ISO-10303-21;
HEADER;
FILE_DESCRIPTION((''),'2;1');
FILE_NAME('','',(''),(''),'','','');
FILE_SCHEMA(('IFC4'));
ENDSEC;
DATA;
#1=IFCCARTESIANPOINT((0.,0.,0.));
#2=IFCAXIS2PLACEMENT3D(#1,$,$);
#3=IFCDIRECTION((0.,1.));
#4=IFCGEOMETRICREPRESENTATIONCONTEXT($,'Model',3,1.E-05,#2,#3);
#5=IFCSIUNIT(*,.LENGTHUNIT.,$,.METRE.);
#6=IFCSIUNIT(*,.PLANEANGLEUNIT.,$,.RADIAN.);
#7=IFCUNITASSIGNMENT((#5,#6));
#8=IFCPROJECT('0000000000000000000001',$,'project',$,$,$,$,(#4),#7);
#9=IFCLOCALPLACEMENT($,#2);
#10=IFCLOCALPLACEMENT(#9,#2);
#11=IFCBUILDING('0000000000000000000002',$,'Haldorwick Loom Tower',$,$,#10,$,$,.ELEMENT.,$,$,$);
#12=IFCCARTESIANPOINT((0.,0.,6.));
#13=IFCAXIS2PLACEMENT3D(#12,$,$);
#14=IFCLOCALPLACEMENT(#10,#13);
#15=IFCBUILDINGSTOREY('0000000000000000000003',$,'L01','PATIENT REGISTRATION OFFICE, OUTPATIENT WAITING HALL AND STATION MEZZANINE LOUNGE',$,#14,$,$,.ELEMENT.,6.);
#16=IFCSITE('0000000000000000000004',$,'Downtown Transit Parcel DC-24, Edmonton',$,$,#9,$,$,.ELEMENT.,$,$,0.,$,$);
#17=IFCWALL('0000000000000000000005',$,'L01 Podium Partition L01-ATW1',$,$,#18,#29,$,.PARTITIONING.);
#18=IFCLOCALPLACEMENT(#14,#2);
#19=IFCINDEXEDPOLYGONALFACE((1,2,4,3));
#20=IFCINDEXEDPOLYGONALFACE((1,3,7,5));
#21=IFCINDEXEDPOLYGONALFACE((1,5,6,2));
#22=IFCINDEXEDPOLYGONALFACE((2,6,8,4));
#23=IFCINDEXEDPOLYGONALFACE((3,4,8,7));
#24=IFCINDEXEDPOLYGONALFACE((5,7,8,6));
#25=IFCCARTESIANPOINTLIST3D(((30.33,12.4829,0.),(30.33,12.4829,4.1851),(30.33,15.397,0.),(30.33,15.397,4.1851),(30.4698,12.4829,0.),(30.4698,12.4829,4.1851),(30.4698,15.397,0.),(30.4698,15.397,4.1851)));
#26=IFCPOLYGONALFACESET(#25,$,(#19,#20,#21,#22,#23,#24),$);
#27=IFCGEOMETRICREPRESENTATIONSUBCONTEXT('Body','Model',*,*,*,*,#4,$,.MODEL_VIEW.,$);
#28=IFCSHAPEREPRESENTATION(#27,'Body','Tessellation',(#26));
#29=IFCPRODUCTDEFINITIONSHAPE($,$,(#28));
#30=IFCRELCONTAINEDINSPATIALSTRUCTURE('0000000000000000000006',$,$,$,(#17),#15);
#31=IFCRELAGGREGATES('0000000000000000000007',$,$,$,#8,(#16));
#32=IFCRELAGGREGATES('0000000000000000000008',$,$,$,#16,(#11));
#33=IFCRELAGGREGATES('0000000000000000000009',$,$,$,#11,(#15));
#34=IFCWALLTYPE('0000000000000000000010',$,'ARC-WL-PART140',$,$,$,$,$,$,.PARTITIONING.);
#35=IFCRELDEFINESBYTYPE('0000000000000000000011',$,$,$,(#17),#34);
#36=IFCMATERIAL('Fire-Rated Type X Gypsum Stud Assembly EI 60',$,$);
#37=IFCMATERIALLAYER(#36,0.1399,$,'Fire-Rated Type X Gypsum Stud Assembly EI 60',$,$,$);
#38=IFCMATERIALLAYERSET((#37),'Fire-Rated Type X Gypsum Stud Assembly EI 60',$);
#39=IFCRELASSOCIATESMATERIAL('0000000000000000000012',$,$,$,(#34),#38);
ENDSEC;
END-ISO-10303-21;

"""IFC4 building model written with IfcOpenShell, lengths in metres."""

from ifc_helpers import new_model, si_unit, direction, frame, frame_2d, origin, place, context, subcontext, project, spatial, rectangle, extrude, material, layer, layer_set, type_object, element, save


model = new_model("IFC4")

# Units and contexts
model_context = context("Model", 3, precision=1e-05, world=origin(), true_north=direction((0.0, 1.0)))
body_context = subcontext(model_context, "Body", "Model", "MODEL_VIEW")
ifc_project = project(units=[si_unit("LENGTHUNIT", "METRE"), si_unit("PLANEANGLEUNIT", "RADIAN")], contexts=[model_context])

# Site, building, storey
site_placement = place(None, origin())
site = spatial("IfcSite", under=ifc_project, at=site_placement, Name="Downtown Transit Parcel DC-24, Edmonton", CompositionType="ELEMENT", RefElevation=0.0)
building_placement = place(site_placement, origin())
building = spatial("IfcBuilding", under=site, at=building_placement, Name="Haldorwick Loom Tower", CompositionType="ELEMENT")
storey_placement = place(building_placement, frame((0.0, 0.0, 6.0)))
storey = spatial("IfcBuildingStorey", under=building, at=storey_placement, Name="L01", Description="PATIENT REGISTRATION OFFICE, OUTPATIENT WAITING HALL AND STATION MEZZANINE LOUNGE", CompositionType="ELEMENT", Elevation=6.0)

# Shared definitions
ifc_material_1 = material(Name="Fire-Rated Type X Gypsum Stud Assembly EI 60")

# Wall
ifc_layer_1 = layer(ifc_material_1, 0.1399, Name="Fire-Rated Type X Gypsum Stud Assembly EI 60")
ifc_layer_set_1 = layer_set([ifc_layer_1], Name="Fire-Rated Type X Gypsum Stud Assembly EI 60")
wall_type_1 = type_object("IfcWallType", Name="ARC-WL-PART140", PredefinedType="PARTITIONING", material=ifc_layer_set_1)
wall_1_placement = place(storey_placement, frame((30.3999, 12.4829, 0.0), z_axis=(0.0, 0.0, 1.0), x_axis=(0.0, 1.0, 0.0)))
element("IfcWall", 1, at=wall_1_placement, inside=storey, type_object=wall_type_1, Name="L01 Podium Partition L01-ATW1", PredefinedType="PARTITIONING", context=body_context, shape_type="SweptSolid", body=[
    extrude(rectangle(XDim=2.9141, YDim=0.1399, at=frame_2d((1.457, 0.0))), origin(), (0.0, 0.0, 1.0), 4.1851),
])

save(model, "model.ifc")
